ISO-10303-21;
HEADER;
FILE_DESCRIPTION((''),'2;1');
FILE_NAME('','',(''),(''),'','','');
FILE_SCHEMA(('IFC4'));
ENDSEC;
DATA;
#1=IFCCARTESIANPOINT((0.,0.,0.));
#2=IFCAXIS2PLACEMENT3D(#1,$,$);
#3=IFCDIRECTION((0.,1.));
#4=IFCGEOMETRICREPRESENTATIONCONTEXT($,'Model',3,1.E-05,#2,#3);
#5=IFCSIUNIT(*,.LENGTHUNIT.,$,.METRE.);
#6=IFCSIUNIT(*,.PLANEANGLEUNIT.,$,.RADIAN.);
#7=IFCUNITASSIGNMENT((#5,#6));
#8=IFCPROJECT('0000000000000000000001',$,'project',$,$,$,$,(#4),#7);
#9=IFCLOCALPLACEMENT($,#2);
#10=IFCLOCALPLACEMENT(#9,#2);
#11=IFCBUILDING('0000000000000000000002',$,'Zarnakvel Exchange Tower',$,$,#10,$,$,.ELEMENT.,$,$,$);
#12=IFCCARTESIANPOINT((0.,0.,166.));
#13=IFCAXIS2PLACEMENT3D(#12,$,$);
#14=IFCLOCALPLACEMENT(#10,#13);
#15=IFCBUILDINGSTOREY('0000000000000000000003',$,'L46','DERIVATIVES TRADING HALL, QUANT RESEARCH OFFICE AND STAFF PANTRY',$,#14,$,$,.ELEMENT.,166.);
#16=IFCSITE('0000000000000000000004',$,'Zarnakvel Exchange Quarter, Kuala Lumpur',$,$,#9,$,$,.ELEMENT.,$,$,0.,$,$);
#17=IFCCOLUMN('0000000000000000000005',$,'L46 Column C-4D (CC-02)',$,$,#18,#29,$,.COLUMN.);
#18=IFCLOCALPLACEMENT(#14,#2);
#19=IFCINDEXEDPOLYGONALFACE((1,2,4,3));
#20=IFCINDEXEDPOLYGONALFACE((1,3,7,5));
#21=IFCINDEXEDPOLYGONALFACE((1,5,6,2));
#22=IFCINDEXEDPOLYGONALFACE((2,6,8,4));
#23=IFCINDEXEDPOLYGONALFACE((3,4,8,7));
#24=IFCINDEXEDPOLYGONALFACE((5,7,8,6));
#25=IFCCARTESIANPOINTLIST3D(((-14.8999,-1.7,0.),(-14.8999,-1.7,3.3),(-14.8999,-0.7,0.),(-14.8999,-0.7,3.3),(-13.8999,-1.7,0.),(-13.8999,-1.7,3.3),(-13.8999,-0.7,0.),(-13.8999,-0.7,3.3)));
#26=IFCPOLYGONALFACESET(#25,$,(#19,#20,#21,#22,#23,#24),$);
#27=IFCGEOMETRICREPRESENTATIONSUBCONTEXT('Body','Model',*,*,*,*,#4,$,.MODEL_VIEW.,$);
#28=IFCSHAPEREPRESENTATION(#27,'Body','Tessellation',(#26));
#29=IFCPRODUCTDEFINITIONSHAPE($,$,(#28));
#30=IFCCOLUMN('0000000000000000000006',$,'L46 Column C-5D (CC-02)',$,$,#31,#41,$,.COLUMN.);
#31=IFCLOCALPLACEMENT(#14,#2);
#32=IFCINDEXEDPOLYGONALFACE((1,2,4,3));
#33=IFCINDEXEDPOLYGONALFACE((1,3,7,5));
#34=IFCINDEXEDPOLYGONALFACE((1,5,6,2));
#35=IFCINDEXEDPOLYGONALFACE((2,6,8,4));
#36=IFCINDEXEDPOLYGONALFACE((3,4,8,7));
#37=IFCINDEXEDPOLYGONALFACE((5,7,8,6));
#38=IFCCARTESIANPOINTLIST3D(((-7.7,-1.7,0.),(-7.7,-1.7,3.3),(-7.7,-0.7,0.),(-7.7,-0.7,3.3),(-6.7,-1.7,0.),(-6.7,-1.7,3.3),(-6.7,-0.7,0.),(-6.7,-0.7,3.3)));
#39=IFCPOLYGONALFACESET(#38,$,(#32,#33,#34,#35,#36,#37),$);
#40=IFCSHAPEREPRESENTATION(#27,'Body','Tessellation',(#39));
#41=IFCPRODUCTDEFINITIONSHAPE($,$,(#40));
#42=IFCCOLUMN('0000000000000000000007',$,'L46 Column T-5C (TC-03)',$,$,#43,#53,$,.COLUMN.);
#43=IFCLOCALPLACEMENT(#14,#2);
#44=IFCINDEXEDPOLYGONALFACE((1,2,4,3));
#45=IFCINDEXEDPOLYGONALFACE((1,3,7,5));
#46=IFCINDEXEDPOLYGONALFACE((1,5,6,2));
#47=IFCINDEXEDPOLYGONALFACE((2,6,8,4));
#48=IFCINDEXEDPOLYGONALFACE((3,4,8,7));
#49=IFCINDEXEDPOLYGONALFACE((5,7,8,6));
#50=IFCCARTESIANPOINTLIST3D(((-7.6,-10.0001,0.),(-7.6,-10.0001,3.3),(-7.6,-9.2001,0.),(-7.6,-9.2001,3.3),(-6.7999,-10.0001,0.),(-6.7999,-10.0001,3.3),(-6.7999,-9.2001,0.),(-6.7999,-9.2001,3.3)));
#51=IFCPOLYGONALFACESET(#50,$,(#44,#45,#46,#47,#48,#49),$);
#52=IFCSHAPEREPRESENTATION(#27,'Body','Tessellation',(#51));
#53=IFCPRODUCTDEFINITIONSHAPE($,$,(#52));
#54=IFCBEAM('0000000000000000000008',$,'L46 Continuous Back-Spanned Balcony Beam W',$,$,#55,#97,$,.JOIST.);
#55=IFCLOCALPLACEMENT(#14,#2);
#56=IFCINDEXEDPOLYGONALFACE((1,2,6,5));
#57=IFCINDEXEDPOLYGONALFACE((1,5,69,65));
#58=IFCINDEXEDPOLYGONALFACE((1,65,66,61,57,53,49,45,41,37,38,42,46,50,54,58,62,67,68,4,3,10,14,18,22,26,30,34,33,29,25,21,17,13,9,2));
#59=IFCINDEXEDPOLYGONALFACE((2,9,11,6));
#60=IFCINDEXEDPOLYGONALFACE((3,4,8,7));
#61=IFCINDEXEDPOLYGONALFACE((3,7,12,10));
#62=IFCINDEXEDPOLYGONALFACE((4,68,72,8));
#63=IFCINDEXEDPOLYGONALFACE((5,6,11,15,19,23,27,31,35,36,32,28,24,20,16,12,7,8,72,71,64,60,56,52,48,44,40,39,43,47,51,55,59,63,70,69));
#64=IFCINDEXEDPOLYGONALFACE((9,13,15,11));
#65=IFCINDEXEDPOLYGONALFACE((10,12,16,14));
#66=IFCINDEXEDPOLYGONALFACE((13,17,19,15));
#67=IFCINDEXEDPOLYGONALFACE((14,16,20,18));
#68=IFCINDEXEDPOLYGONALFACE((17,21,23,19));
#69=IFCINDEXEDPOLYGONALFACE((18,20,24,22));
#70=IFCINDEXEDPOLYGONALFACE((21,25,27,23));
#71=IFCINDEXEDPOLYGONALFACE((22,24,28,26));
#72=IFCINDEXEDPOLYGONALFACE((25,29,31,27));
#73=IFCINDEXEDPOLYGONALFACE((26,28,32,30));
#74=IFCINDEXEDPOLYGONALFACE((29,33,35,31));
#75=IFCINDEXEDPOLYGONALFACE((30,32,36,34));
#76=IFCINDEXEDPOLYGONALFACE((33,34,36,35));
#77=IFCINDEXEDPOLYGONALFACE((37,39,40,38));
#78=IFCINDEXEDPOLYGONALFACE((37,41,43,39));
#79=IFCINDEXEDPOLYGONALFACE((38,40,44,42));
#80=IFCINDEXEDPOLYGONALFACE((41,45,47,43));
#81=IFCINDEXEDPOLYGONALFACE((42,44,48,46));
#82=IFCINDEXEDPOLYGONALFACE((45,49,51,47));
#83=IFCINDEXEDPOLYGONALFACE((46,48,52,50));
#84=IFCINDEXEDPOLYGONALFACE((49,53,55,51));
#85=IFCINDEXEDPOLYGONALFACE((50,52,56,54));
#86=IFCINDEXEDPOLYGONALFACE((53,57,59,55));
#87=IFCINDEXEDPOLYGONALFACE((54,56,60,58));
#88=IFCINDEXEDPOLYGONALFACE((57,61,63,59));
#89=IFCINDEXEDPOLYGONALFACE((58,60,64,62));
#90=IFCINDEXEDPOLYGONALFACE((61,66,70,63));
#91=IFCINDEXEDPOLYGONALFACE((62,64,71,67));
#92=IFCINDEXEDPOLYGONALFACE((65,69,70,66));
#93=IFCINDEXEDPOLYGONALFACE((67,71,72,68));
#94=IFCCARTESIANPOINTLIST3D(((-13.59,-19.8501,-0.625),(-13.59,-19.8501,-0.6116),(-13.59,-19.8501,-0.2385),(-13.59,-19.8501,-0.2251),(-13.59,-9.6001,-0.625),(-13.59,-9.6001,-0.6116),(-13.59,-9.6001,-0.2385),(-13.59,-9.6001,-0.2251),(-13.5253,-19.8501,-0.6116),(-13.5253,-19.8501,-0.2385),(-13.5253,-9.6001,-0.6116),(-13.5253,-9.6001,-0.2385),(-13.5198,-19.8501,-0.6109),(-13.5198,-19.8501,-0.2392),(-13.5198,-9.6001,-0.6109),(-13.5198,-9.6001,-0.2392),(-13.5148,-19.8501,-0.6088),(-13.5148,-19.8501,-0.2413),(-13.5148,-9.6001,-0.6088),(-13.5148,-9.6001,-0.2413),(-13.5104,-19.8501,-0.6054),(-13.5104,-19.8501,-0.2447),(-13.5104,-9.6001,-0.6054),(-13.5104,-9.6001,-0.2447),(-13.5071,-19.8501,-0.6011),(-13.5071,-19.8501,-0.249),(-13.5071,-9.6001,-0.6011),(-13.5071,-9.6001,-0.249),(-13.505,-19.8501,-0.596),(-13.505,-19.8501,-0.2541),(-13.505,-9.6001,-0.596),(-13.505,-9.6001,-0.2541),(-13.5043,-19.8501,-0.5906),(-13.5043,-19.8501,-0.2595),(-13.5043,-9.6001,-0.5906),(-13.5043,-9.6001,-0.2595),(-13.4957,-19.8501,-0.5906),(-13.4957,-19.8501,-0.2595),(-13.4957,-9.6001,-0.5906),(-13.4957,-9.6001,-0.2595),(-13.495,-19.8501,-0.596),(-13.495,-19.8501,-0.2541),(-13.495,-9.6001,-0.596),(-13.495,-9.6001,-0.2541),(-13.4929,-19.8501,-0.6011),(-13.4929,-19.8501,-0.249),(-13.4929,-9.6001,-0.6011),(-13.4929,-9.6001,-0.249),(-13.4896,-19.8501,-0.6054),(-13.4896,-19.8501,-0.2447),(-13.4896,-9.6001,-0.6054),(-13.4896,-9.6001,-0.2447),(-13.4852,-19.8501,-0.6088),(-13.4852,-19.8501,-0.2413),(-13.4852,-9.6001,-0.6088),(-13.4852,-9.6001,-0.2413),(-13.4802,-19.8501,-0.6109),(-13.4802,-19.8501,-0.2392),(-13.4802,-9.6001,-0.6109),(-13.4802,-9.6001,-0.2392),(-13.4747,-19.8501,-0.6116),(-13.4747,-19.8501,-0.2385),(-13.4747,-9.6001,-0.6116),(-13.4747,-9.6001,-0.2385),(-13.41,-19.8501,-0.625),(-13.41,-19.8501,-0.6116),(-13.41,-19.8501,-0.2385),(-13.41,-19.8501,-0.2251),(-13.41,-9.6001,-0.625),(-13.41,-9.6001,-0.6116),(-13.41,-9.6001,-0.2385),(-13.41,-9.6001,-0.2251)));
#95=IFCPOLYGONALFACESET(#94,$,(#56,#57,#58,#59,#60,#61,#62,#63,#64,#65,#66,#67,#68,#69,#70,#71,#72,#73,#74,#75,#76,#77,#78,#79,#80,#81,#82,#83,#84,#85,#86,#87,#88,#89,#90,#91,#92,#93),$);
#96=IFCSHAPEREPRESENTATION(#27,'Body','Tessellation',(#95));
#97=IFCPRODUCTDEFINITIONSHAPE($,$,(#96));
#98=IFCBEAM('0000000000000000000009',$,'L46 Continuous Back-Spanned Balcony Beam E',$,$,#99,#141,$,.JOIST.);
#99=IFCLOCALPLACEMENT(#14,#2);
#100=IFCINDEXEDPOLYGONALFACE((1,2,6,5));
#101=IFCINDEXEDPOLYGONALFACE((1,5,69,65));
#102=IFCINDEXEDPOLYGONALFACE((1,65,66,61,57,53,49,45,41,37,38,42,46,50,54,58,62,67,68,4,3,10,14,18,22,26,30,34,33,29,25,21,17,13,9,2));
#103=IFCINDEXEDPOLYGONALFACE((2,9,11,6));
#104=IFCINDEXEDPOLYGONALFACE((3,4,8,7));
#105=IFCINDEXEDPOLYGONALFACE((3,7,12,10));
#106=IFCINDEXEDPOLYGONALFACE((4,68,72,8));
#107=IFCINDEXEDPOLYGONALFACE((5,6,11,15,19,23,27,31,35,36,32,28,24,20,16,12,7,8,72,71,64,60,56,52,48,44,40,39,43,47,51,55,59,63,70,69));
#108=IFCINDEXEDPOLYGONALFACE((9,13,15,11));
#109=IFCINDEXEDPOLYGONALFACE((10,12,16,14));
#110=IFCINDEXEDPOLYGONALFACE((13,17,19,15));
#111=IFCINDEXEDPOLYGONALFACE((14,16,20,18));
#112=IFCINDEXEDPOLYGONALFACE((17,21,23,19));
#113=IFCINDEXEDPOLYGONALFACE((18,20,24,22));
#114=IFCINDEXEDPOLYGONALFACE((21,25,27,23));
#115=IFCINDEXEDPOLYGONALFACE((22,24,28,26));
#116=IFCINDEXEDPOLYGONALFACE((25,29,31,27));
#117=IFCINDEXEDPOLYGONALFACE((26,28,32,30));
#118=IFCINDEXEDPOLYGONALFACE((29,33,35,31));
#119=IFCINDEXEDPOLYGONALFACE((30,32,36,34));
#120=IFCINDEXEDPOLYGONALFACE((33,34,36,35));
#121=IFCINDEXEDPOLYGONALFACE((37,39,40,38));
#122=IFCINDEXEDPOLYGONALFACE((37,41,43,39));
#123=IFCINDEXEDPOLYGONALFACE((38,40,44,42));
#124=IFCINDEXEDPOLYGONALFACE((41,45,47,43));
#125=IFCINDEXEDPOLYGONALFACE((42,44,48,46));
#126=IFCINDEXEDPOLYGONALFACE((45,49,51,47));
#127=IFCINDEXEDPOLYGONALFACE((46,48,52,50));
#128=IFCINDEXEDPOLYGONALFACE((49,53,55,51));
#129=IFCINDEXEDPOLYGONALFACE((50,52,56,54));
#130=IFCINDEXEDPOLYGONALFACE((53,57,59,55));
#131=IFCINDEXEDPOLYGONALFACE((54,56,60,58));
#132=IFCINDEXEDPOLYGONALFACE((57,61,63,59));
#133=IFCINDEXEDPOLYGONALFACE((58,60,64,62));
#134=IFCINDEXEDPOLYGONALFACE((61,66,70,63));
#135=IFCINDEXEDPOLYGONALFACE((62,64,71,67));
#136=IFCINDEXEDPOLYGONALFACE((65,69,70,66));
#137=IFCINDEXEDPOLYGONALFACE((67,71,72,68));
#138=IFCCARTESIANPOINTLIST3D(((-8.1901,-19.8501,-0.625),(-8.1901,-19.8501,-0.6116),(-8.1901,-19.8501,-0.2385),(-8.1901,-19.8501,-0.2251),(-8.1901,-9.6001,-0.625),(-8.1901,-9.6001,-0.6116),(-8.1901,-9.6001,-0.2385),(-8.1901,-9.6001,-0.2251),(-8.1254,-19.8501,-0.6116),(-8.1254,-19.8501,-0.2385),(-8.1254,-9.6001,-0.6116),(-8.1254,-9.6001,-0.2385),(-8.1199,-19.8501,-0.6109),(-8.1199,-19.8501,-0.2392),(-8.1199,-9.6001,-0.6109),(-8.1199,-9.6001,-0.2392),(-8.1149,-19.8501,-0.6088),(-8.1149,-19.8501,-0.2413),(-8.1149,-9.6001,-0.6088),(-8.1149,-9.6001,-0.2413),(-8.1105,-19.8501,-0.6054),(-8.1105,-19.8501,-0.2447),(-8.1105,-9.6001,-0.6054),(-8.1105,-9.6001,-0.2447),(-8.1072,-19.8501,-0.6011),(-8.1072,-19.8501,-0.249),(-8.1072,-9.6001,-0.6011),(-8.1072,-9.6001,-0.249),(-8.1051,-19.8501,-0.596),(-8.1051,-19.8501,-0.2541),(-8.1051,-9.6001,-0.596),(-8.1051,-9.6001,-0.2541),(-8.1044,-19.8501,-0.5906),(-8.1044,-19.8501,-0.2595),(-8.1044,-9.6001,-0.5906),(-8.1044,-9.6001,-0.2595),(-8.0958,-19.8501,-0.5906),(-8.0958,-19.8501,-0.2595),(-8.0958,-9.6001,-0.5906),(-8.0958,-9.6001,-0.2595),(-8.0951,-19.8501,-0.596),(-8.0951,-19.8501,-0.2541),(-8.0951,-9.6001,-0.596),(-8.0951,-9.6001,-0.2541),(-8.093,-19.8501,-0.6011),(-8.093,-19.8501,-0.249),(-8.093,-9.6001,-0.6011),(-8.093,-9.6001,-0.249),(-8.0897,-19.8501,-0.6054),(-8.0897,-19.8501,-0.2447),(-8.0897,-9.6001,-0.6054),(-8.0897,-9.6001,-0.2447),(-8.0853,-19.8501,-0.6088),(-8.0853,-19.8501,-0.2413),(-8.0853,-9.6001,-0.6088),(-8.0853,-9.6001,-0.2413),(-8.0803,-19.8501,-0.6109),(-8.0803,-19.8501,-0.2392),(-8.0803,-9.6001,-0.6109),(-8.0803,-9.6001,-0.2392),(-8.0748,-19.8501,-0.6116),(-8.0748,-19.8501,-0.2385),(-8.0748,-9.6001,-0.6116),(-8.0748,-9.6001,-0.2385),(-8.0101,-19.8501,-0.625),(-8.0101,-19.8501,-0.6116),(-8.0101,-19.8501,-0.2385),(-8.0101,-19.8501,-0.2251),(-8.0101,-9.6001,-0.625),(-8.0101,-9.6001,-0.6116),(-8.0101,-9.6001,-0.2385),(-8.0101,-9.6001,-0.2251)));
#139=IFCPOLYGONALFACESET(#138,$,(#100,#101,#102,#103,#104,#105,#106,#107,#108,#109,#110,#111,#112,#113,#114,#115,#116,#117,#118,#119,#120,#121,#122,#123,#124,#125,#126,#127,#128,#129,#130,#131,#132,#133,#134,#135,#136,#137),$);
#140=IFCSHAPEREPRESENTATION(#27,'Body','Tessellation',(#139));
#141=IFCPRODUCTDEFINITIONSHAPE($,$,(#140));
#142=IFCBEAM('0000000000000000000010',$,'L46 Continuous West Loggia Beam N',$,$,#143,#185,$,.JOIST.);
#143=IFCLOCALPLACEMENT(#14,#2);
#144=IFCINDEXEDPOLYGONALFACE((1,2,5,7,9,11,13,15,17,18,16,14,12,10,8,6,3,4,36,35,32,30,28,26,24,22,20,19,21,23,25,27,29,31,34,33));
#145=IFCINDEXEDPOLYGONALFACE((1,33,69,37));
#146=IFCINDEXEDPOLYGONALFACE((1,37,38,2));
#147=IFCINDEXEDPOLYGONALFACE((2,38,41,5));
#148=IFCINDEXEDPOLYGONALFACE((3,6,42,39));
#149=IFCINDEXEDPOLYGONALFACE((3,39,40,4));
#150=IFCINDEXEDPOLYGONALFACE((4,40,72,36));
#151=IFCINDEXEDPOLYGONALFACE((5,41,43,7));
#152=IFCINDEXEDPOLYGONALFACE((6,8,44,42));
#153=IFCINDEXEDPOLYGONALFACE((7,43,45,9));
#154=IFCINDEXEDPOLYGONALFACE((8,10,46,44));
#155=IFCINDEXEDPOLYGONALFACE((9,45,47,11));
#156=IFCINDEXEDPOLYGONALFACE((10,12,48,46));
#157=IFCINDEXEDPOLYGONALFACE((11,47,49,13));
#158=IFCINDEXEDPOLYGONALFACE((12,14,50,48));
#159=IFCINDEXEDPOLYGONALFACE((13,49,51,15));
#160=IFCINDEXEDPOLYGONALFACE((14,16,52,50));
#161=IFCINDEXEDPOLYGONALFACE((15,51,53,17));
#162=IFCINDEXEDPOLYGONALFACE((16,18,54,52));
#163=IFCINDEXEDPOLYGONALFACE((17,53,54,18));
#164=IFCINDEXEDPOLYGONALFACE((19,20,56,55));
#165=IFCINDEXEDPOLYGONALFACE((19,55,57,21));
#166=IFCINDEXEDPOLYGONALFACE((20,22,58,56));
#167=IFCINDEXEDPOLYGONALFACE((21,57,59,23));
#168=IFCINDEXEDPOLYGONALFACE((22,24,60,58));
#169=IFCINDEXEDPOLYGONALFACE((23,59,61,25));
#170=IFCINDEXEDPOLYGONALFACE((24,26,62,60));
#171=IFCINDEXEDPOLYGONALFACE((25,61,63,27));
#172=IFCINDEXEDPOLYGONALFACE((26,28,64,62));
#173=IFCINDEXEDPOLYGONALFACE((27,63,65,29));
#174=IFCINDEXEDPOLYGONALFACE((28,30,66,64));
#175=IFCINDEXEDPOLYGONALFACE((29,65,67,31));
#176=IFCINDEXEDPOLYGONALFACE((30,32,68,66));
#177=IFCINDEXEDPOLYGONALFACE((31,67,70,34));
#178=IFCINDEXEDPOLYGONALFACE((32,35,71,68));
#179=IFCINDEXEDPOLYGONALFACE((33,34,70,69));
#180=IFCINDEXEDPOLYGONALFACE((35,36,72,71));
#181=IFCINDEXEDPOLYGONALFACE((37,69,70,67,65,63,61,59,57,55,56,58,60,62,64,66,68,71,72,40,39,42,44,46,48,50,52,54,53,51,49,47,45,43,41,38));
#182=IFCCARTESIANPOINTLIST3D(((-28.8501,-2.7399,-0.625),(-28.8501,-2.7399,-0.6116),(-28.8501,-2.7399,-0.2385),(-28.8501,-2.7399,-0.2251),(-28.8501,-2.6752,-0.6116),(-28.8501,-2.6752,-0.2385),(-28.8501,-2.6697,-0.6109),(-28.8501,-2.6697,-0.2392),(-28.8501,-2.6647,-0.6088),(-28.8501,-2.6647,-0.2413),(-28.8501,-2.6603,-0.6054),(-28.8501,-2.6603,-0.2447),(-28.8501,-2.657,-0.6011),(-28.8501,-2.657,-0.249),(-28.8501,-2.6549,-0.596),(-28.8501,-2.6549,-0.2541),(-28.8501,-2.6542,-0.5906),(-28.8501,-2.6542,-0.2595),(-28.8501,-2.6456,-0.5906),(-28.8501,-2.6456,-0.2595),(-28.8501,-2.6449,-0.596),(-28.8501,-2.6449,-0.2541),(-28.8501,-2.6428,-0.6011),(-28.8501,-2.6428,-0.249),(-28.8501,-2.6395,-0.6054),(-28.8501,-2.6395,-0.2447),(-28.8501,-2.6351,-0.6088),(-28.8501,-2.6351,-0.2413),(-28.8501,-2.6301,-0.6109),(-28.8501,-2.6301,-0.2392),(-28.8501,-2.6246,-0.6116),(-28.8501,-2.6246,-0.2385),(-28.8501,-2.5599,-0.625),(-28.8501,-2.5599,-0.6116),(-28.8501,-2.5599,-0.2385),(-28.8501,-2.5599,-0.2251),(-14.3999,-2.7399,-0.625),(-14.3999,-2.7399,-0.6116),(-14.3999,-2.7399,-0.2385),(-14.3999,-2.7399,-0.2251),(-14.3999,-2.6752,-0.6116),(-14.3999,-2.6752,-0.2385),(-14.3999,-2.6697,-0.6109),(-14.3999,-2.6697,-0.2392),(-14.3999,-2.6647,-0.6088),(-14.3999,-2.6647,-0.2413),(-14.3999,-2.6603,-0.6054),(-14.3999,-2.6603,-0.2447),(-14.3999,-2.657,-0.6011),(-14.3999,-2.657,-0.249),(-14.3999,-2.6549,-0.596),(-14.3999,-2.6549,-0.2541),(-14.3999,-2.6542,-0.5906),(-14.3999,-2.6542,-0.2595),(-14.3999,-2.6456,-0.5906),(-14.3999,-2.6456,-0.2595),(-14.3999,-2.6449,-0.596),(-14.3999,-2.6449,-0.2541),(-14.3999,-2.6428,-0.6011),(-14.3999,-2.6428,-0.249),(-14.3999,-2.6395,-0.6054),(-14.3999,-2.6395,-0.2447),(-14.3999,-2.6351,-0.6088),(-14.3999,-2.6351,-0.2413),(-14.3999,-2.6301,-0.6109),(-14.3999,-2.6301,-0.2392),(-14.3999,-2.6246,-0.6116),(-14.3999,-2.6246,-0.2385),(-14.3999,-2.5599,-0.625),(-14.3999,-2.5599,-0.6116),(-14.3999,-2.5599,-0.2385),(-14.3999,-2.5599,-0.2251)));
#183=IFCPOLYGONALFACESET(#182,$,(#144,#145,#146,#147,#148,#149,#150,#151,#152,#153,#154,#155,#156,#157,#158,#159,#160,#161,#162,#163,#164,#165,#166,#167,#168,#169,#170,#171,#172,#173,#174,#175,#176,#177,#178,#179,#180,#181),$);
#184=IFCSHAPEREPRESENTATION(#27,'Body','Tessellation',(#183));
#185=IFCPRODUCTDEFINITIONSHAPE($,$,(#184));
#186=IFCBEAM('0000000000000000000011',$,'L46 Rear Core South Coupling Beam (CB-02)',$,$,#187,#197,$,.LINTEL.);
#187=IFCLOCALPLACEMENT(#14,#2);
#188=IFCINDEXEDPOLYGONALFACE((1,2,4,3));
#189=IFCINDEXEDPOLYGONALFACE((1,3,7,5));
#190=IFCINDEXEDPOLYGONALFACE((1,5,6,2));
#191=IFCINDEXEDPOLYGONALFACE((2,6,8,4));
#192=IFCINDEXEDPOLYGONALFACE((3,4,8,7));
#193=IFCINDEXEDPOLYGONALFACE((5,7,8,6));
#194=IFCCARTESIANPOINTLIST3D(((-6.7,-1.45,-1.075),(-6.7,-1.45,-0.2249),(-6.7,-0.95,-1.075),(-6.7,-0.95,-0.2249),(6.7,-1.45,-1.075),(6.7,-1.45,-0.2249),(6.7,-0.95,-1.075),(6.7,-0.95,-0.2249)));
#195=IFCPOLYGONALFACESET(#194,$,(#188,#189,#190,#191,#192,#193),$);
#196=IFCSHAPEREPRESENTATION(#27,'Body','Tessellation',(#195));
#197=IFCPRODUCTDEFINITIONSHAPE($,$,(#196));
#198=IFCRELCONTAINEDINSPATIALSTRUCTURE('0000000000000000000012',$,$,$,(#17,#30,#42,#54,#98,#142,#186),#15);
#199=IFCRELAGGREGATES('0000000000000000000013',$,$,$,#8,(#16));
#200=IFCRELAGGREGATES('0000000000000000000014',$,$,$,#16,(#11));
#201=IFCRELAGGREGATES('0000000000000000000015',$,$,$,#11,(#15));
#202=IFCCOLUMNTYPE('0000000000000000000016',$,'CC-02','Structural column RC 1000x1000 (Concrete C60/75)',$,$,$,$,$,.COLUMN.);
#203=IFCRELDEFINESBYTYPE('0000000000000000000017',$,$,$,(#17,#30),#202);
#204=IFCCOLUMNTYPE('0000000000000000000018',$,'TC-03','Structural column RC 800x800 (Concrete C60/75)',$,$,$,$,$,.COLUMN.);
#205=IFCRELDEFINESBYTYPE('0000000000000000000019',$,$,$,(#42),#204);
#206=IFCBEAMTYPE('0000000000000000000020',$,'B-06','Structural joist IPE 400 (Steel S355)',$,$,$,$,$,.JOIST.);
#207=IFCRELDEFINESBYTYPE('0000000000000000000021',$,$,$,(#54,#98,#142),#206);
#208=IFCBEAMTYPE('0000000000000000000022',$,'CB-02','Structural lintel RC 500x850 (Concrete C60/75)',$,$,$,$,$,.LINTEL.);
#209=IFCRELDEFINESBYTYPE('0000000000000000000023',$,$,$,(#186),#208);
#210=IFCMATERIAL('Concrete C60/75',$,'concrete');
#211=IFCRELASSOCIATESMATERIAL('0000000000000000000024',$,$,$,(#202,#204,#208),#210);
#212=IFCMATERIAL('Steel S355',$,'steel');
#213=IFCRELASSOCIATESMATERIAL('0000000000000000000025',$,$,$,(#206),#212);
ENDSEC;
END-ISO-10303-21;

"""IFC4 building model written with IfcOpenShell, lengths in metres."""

from ifc_helpers import new_model, si_unit, direction, frame, origin, origin_2d, place, context, subcontext, project, spatial, rectangle, i_section, extrude, material, material_profile, profile_set, type_object, element, save


model = new_model("IFC4")

# Units and contexts
model_context = context("Model", 3, precision=1e-05, world=origin(), true_north=direction((0.0, 1.0)))
body_context = subcontext(model_context, "Body", "Model", "MODEL_VIEW")
ifc_project = project(units=[si_unit("LENGTHUNIT", "METRE"), si_unit("PLANEANGLEUNIT", "RADIAN")], contexts=[model_context])

# Site, building, storey
site_placement = place(None, origin())
site = spatial("IfcSite", under=ifc_project, at=site_placement, Name="Zarnakvel Exchange Quarter, Kuala Lumpur", CompositionType="ELEMENT", RefElevation=0.0)
building_placement = place(site_placement, origin())
building = spatial("IfcBuilding", under=site, at=building_placement, Name="Zarnakvel Exchange Tower", CompositionType="ELEMENT")
storey_placement = place(building_placement, frame((0.0, 0.0, 166.0)))
storey = spatial("IfcBuildingStorey", under=building, at=storey_placement, Name="L46", Description="DERIVATIVES TRADING HALL, QUANT RESEARCH OFFICE AND STAFF PANTRY", CompositionType="ELEMENT", Elevation=166.0)

# Columns
ifc_material_1 = material(Name="Concrete C60/75", Category="concrete")
ifc_material_profile_1 = material_profile(ifc_material_1, rectangle(XDim=1.0, YDim=1.0, at=origin_2d()))
ifc_profile_set_1 = profile_set([ifc_material_profile_1], Name="Concrete C60/75")
column_type_1 = type_object("IfcColumnType", Name="CC-02", Description="Structural column RC 1000x1000 (Concrete C60/75)", PredefinedType="COLUMN", material=ifc_profile_set_1)
for number, where, z_axis, x_axis, name in (
    (1, (-14.3999, -1.2, 0.0), (0.0, 0.0, 1.0), (1.0, 0.0, 0.0), "L46 Column C-4D (CC-02)"),
    (2, (-7.2, -1.2, 0.0), (0.0, 0.0, 1.0), (1.0, 0.0, 0.0), "L46 Column C-5D (CC-02)"),
):
    element("IfcColumn", number, at=place(storey_placement, frame(where, z_axis=z_axis, x_axis=x_axis)), inside=storey, type_object=column_type_1, Name=name, PredefinedType="COLUMN", context=body_context, shape_type="SweptSolid", body=[
        extrude(rectangle(XDim=1.0, YDim=1.0, at=origin_2d()), origin(), (0.0, 0.0, 1.0), 3.3),
    ])
ifc_material_profile_2 = material_profile(ifc_material_1, rectangle(XDim=0.8, YDim=0.8, at=origin_2d()))
ifc_profile_set_2 = profile_set([ifc_material_profile_2], Name="Concrete C60/75")
column_type_2 = type_object("IfcColumnType", Name="TC-03", Description="Structural column RC 800x800 (Concrete C60/75)", PredefinedType="COLUMN", material=ifc_profile_set_2)
column_placement = place(storey_placement, frame((-7.2, -9.6001, 0.0), z_axis=(0.0, 0.0, 1.0), x_axis=(1.0, 0.0, 0.0)))
element("IfcColumn", 3, at=column_placement, inside=storey, type_object=column_type_2, Name="L46 Column T-5C (TC-03)", PredefinedType="COLUMN", context=body_context, shape_type="SweptSolid", body=[
    extrude(rectangle(XDim=0.8, YDim=0.8, at=origin_2d()), origin(), (0.0, 0.0, 1.0), 3.3),
])

# Beams
ifc_material_2 = material(Name="Steel S355", Category="steel")
ifc_material_profile_3 = material_profile(ifc_material_2, i_section(OverallWidth=0.1799, OverallDepth=0.3999, WebThickness=0.0085, FlangeThickness=0.0134, FilletRadius=0.021, at=origin_2d()))
ifc_profile_set_3 = profile_set([ifc_material_profile_3], Name="Steel S355")
beam_type_1 = type_object("IfcBeamType", Name="B-06", Description="Structural joist IPE 400 (Steel S355)", PredefinedType="JOIST", material=ifc_profile_set_3)
for number, where, z_axis, x_axis, name in (
    (4, (-13.5, -9.6001, -0.425), (0.0, -1.0, 0.0), (1.0, 0.0, 0.0), "L46 Continuous Back-Spanned Balcony Beam W"),
    (5, (-8.1001, -9.6001, -0.425), (0.0, -1.0, 0.0), (1.0, 0.0, 0.0), "L46 Continuous Back-Spanned Balcony Beam E"),
):
    element("IfcBeam", number, at=place(storey_placement, frame(where, z_axis=z_axis, x_axis=x_axis)), inside=storey, type_object=beam_type_1, Name=name, PredefinedType="JOIST", context=body_context, shape_type="SweptSolid", body=[
        extrude(i_section(OverallWidth=0.1799, OverallDepth=0.3999, WebThickness=0.0085, FlangeThickness=0.0134, FilletRadius=0.021, at=origin_2d()), origin(), (0.0, 0.0, 1.0), 10.25),
    ])
beam_1_placement = place(storey_placement, frame((-14.3999, -2.6499, -0.425), z_axis=(-1.0, 0.0, 0.0), x_axis=(0.0, -1.0, 0.0)))
element("IfcBeam", 6, at=beam_1_placement, inside=storey, type_object=beam_type_1, Name="L46 Continuous West Loggia Beam N", PredefinedType="JOIST", context=body_context, shape_type="SweptSolid", body=[
    extrude(i_section(OverallWidth=0.1799, OverallDepth=0.3999, WebThickness=0.0085, FlangeThickness=0.0134, FilletRadius=0.021, at=origin_2d()), origin(), (0.0, 0.0, 1.0), 14.4502),
])
ifc_material_profile_4 = material_profile(ifc_material_1, rectangle(XDim=0.5, YDim=0.8501, at=origin_2d()))
ifc_profile_set_4 = profile_set([ifc_material_profile_4], Name="Concrete C60/75")
beam_type_2 = type_object("IfcBeamType", Name="CB-02", Description="Structural lintel RC 500x850 (Concrete C60/75)", PredefinedType="LINTEL", material=ifc_profile_set_4)
beam_2_placement = place(storey_placement, frame((-6.7, -1.2, -0.6499), z_axis=(1.0, 0.0, 0.0), x_axis=(0.0, 1.0, 0.0)))
element("IfcBeam", 7, at=beam_2_placement, inside=storey, type_object=beam_type_2, Name="L46 Rear Core South Coupling Beam (CB-02)", PredefinedType="LINTEL", context=body_context, shape_type="SweptSolid", body=[
    extrude(rectangle(XDim=0.5, YDim=0.8501, at=origin_2d()), origin(), (0.0, 0.0, 1.0), 13.3999),
])

save(model, "model.ifc")
